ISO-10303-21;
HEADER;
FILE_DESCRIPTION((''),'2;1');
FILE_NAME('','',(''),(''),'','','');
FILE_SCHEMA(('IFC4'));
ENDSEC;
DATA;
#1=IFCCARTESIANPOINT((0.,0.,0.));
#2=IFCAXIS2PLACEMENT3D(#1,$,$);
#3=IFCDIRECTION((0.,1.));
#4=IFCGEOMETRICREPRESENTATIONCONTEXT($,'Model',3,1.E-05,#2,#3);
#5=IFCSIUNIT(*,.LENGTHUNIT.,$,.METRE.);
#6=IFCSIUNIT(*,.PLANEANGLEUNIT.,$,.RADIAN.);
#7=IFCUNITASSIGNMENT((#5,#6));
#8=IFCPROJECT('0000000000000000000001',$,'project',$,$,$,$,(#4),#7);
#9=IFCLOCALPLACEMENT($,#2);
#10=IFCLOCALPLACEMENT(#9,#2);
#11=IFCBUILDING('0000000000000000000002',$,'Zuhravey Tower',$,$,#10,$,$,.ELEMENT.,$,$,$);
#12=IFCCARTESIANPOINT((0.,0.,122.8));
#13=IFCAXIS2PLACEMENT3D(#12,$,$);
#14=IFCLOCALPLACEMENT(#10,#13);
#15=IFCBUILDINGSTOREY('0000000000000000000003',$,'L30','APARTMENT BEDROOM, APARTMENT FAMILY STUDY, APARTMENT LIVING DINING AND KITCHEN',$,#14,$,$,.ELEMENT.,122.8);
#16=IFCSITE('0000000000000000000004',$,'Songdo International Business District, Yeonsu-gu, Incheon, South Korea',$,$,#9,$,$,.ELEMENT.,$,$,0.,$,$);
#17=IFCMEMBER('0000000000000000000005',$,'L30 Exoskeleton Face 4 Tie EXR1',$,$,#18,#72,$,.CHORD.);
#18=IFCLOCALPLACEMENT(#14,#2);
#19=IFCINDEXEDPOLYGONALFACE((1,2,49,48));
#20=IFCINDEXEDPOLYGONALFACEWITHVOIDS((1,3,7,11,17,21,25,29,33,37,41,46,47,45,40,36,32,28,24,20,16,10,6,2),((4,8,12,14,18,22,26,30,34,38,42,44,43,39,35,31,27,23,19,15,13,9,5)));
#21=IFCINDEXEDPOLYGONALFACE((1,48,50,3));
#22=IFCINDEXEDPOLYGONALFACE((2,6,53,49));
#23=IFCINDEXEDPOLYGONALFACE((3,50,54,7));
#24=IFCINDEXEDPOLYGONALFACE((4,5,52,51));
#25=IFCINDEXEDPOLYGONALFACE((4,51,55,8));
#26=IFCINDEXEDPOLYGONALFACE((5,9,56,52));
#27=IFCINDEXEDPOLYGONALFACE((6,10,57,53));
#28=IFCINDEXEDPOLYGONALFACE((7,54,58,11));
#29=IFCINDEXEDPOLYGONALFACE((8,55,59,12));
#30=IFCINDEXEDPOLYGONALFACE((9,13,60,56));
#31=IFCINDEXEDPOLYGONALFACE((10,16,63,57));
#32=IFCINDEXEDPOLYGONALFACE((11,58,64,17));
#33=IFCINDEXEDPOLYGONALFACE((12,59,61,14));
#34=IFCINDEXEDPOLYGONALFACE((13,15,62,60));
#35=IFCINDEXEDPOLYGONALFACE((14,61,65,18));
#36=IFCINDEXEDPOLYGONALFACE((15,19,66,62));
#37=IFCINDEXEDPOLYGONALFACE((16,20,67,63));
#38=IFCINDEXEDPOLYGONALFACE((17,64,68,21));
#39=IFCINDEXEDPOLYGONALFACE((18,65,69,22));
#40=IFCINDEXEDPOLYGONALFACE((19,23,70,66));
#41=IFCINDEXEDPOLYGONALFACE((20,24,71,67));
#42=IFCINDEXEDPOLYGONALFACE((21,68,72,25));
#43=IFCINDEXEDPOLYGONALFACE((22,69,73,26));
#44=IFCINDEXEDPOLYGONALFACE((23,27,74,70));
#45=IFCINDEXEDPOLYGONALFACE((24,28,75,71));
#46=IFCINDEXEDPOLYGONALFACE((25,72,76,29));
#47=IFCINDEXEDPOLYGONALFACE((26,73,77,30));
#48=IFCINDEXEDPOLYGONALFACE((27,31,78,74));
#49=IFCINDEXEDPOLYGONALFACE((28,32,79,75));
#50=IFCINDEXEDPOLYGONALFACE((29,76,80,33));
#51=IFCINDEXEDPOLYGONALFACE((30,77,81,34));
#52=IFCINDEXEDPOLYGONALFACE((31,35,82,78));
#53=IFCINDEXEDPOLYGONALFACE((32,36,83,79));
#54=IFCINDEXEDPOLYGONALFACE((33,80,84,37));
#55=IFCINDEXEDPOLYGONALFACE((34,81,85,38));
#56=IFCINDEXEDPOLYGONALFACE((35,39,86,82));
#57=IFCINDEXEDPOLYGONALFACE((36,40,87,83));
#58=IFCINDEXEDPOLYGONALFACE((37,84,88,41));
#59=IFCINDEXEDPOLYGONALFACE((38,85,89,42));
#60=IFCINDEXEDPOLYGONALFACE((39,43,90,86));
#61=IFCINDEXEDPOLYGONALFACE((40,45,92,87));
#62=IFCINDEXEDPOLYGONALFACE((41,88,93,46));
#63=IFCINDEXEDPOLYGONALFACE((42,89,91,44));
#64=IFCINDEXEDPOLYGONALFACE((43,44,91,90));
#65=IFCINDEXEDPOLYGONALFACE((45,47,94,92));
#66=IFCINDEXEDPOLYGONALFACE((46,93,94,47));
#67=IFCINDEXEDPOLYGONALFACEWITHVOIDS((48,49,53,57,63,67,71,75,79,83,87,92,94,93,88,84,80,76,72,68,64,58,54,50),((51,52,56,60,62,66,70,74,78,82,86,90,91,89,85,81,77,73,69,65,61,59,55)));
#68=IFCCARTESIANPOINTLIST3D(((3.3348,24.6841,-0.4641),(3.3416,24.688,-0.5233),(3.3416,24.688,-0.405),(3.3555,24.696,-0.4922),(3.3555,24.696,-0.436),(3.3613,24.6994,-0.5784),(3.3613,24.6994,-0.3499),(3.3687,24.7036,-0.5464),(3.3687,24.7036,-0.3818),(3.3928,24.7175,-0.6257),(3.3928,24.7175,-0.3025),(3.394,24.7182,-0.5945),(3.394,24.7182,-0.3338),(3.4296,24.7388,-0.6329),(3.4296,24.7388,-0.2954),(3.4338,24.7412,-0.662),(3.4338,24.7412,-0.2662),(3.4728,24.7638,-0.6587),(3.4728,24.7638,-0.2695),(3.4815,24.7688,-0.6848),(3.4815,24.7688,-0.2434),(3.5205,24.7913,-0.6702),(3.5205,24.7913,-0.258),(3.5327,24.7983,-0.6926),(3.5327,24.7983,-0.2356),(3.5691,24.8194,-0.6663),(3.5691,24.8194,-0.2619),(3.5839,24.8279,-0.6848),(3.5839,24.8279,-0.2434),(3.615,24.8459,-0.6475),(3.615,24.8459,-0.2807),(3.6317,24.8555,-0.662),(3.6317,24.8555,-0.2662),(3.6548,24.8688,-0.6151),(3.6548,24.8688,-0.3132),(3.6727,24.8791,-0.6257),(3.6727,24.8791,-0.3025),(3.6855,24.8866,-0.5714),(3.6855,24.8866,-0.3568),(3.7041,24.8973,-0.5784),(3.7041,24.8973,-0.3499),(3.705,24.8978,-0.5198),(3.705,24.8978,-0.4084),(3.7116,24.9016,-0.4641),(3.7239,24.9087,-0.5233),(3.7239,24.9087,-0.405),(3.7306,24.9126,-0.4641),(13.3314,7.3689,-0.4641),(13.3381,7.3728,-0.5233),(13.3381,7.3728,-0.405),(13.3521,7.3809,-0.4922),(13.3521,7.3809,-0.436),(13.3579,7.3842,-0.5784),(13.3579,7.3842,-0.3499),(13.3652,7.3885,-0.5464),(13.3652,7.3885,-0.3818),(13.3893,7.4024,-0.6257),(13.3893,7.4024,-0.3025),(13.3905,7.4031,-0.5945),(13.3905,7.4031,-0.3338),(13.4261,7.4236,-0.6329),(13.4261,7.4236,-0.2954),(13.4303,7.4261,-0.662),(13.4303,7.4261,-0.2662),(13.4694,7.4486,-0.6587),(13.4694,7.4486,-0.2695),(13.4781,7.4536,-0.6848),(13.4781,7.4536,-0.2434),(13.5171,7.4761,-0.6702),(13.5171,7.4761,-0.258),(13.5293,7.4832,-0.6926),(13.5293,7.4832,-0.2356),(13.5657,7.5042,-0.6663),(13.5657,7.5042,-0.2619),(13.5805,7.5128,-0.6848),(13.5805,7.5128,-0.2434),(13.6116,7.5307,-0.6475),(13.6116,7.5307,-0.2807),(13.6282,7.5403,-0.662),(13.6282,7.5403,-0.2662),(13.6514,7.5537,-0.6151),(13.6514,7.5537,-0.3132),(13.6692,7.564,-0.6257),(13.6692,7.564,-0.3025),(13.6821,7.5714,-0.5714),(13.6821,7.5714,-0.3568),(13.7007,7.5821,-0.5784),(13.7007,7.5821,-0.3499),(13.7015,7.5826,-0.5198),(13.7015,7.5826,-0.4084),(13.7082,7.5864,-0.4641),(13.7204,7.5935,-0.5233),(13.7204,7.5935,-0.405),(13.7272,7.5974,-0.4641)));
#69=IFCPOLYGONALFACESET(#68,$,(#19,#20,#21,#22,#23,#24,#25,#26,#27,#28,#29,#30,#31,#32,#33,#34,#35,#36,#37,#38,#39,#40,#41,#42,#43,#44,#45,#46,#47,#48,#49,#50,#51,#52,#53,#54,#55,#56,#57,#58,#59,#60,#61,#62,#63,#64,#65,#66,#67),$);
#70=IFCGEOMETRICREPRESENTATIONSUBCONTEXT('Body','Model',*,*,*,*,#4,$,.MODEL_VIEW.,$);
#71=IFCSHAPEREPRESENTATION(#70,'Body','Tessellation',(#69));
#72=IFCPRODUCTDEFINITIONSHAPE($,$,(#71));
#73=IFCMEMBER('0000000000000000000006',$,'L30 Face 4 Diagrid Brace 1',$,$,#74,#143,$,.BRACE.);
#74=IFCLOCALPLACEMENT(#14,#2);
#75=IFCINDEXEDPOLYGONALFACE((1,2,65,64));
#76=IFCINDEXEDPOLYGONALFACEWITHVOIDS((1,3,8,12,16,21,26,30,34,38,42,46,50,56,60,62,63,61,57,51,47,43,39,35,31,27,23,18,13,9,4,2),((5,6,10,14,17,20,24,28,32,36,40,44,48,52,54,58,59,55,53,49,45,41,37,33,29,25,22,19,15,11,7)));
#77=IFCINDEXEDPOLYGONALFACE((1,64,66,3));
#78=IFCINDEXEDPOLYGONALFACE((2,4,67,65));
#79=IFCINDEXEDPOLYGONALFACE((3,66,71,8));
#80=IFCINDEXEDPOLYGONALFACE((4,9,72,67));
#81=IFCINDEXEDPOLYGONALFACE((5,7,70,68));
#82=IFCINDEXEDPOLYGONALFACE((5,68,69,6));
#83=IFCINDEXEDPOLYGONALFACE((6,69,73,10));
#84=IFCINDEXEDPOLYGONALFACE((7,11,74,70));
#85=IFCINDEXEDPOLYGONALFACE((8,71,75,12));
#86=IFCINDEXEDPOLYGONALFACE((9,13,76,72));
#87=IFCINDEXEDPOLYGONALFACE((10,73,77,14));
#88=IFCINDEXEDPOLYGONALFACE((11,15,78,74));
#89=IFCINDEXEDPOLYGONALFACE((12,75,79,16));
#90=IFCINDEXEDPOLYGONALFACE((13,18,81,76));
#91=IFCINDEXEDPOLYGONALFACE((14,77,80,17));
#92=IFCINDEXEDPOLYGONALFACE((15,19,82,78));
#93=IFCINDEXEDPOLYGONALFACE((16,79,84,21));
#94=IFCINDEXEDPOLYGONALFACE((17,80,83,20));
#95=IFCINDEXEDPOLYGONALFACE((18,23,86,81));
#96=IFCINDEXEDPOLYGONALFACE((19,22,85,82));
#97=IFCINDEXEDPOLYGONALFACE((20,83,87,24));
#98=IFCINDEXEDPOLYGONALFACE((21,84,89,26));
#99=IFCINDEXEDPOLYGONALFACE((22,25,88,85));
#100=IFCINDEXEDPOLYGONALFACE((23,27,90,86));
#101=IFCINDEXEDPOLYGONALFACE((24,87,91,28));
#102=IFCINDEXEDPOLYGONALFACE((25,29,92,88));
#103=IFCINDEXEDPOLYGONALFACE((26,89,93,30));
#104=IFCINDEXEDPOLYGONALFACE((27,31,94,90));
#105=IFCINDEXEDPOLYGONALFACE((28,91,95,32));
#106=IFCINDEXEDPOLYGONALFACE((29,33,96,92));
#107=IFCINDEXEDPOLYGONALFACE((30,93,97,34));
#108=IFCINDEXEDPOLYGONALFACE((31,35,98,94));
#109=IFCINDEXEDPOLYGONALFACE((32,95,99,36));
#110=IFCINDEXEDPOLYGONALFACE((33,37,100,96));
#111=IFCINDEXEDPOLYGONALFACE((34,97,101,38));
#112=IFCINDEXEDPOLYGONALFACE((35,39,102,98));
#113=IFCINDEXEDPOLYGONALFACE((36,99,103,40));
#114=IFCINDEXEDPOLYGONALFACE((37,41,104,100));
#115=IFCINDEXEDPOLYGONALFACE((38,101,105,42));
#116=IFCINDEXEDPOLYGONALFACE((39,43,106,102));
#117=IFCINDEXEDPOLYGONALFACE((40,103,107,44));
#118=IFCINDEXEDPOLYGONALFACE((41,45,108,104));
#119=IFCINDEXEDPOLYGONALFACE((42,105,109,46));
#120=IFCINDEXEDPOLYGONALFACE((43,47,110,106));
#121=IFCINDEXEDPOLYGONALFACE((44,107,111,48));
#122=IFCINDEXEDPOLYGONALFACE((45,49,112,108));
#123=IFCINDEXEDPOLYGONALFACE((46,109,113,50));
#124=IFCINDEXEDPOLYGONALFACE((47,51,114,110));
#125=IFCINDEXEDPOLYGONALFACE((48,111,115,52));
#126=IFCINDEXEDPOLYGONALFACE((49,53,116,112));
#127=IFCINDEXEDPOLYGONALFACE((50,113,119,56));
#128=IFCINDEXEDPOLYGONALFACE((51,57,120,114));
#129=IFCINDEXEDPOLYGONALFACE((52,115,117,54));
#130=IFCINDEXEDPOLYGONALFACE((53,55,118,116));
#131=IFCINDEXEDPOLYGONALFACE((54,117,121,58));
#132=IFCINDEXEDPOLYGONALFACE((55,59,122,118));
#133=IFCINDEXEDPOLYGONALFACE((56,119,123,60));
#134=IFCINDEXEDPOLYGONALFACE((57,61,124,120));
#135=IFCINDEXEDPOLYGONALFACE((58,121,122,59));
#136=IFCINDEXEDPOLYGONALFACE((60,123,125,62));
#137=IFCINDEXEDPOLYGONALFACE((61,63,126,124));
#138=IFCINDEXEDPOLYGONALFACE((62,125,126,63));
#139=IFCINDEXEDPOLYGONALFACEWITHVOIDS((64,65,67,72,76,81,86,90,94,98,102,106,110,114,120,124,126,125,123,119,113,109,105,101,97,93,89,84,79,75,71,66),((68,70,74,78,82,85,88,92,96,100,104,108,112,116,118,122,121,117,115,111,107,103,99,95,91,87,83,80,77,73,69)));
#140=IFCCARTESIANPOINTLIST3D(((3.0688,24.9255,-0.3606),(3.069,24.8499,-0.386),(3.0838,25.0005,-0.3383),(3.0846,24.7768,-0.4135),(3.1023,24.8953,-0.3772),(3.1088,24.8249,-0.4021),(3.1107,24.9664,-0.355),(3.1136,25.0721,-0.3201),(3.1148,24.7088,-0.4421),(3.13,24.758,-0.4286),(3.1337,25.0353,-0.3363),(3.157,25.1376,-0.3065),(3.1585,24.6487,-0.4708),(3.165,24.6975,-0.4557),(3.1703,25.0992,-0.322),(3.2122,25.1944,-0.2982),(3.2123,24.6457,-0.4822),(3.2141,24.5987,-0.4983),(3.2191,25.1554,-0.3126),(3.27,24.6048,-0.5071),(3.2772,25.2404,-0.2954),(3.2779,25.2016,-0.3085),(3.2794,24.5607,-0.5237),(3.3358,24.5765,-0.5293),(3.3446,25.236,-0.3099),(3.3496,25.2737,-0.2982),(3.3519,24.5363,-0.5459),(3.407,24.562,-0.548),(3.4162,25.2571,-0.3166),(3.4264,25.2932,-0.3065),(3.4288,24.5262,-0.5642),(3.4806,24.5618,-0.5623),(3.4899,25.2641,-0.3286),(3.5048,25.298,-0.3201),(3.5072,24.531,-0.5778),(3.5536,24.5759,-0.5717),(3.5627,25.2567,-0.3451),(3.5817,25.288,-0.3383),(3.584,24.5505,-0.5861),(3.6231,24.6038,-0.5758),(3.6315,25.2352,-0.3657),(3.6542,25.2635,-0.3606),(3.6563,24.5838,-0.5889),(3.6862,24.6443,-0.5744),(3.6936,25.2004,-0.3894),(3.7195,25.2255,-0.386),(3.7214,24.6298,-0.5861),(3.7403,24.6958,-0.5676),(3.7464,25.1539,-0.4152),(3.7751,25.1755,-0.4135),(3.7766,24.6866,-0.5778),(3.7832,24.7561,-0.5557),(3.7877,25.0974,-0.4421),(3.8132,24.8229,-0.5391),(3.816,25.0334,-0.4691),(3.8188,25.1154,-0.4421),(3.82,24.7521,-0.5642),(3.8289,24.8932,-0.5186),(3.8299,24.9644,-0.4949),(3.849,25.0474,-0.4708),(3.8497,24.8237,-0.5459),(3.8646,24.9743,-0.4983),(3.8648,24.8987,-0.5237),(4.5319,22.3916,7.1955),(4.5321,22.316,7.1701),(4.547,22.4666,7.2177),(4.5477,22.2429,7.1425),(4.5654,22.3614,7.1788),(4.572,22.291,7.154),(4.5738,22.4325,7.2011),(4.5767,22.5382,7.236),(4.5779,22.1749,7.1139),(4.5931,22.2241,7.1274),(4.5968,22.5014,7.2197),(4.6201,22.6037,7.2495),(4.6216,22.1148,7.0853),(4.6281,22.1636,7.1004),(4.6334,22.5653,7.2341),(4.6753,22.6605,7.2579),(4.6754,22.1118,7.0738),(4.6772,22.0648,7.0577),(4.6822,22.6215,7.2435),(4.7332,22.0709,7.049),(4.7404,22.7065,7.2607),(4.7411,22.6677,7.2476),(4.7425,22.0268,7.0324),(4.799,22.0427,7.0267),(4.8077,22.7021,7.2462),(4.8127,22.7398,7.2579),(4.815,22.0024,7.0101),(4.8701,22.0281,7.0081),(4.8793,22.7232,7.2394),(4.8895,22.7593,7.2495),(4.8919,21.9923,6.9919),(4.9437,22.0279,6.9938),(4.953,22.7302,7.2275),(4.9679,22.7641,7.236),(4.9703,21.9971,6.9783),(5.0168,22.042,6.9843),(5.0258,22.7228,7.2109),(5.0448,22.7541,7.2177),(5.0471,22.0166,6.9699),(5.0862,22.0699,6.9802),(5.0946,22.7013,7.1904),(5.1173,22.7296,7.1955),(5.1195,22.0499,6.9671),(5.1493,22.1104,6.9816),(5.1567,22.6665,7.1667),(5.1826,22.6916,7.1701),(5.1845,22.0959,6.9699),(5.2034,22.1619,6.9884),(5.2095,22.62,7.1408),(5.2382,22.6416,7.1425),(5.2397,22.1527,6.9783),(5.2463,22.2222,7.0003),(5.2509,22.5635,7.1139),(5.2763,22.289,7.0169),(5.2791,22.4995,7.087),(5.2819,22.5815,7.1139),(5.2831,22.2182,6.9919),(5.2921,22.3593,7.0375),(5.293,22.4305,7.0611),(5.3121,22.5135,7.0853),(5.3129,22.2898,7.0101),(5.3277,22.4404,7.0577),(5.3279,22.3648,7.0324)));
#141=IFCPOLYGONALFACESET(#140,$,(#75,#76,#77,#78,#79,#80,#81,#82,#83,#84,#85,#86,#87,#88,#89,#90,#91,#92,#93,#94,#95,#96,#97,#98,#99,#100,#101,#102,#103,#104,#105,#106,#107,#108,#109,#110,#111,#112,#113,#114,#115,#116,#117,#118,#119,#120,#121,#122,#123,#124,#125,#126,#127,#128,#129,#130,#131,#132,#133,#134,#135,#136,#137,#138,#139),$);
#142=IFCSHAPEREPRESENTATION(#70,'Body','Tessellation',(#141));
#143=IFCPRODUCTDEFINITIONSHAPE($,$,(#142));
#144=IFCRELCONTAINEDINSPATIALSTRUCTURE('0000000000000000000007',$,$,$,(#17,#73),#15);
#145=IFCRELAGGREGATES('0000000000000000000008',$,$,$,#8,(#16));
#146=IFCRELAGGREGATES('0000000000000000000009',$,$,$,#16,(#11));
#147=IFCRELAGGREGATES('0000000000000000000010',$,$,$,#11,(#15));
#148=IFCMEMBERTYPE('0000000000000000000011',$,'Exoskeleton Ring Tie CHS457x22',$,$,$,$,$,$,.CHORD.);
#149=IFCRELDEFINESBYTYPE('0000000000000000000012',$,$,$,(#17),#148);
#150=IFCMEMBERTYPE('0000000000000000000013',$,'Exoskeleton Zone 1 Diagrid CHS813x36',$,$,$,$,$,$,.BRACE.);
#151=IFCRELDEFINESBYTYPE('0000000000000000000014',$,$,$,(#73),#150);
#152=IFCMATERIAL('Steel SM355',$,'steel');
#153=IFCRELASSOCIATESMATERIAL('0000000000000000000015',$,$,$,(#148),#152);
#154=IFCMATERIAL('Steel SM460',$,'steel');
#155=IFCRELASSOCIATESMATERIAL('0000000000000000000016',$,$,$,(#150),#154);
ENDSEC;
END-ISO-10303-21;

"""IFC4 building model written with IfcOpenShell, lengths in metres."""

from ifc_helpers import new_model, si_unit, direction, frame, origin, origin_2d, place, context, subcontext, project, spatial, hollow_circle, extrude, material, material_profile, profile_set, type_object, element, save


model = new_model("IFC4")

# Units and contexts
model_context = context("Model", 3, precision=1e-05, world=origin(), true_north=direction((0.0, 1.0)))
body_context = subcontext(model_context, "Body", "Model", "MODEL_VIEW")
ifc_project = project(units=[si_unit("LENGTHUNIT", "METRE"), si_unit("PLANEANGLEUNIT", "RADIAN")], contexts=[model_context])

# Site, building, storey
site_placement = place(None, origin())
site = spatial("IfcSite", under=ifc_project, at=site_placement, Name="Songdo International Business District, Yeonsu-gu, Incheon, South Korea", CompositionType="ELEMENT", RefElevation=0.0)
building_placement = place(site_placement, origin())
building = spatial("IfcBuilding", under=site, at=building_placement, Name="Zuhravey Tower", CompositionType="ELEMENT")
storey_placement = place(building_placement, frame((0.0, 0.0, 122.8)))
storey = spatial("IfcBuildingStorey", under=building, at=storey_placement, Name="L30", Description="APARTMENT BEDROOM, APARTMENT FAMILY STUDY, APARTMENT LIVING DINING AND KITCHEN", CompositionType="ELEMENT", Elevation=122.8)

# Members
ifc_material_1 = material(Name="Steel SM355", Category="steel")
ifc_material_profile_1 = material_profile(ifc_material_1, hollow_circle(Radius=0.2285, WallThickness=0.022, at=origin_2d()), Name="CHS-457.2x22")
ifc_profile_set_1 = profile_set([ifc_material_profile_1], Name="Steel SM355")
member_type_1 = type_object("IfcMemberType", Name="Exoskeleton Ring Tie CHS457x22", PredefinedType="CHORD", material=ifc_profile_set_1)
member_1_placement = place(storey_placement, frame((3.5327, 24.7983, -0.4641), z_axis=(0.499987, -0.866033, 0.0), x_axis=(0.866033, 0.499987, 0.0)))
element("IfcMember", 1, at=member_1_placement, inside=storey, type_object=member_type_1, Name="L30 Exoskeleton Face 4 Tie EXR1", PredefinedType="CHORD", context=body_context, shape_type="SweptSolid", body=[
    extrude(hollow_circle(Radius=0.2285, WallThickness=0.022, at=origin_2d()), origin(), (0.0, 0.0, 1.0), 19.9937),
])
ifc_material_2 = material(Name="Steel SM460", Category="steel")
ifc_material_profile_2 = material_profile(ifc_material_2, hollow_circle(Radius=0.4065, WallThickness=0.0359, at=origin_2d()), Name="CHS-812.8x36")
ifc_profile_set_2 = profile_set([ifc_material_profile_2], Name="Steel SM460")
member_type_2 = type_object("IfcMemberType", Name="Exoskeleton Zone 1 Diagrid CHS813x36", PredefinedType="BRACE", material=ifc_profile_set_2)
member_2_placement = place(storey_placement, frame((3.4668, 24.9121, -0.4421), z_axis=(0.180569, -0.312719, 0.932524), x_axis=(0.866001, 0.500043, 0.0)))
element("IfcMember", 2, at=member_2_placement, inside=storey, type_object=member_type_2, Name="L30 Face 4 Diagrid Brace 1", PredefinedType="BRACE", context=body_context, shape_type="SweptSolid", body=[
    extrude(hollow_circle(Radius=0.4065, WallThickness=0.0359, at=origin_2d()), origin(), (0.0, 0.0, 1.0), 8.1028),
])

save(model, "model.ifc")
